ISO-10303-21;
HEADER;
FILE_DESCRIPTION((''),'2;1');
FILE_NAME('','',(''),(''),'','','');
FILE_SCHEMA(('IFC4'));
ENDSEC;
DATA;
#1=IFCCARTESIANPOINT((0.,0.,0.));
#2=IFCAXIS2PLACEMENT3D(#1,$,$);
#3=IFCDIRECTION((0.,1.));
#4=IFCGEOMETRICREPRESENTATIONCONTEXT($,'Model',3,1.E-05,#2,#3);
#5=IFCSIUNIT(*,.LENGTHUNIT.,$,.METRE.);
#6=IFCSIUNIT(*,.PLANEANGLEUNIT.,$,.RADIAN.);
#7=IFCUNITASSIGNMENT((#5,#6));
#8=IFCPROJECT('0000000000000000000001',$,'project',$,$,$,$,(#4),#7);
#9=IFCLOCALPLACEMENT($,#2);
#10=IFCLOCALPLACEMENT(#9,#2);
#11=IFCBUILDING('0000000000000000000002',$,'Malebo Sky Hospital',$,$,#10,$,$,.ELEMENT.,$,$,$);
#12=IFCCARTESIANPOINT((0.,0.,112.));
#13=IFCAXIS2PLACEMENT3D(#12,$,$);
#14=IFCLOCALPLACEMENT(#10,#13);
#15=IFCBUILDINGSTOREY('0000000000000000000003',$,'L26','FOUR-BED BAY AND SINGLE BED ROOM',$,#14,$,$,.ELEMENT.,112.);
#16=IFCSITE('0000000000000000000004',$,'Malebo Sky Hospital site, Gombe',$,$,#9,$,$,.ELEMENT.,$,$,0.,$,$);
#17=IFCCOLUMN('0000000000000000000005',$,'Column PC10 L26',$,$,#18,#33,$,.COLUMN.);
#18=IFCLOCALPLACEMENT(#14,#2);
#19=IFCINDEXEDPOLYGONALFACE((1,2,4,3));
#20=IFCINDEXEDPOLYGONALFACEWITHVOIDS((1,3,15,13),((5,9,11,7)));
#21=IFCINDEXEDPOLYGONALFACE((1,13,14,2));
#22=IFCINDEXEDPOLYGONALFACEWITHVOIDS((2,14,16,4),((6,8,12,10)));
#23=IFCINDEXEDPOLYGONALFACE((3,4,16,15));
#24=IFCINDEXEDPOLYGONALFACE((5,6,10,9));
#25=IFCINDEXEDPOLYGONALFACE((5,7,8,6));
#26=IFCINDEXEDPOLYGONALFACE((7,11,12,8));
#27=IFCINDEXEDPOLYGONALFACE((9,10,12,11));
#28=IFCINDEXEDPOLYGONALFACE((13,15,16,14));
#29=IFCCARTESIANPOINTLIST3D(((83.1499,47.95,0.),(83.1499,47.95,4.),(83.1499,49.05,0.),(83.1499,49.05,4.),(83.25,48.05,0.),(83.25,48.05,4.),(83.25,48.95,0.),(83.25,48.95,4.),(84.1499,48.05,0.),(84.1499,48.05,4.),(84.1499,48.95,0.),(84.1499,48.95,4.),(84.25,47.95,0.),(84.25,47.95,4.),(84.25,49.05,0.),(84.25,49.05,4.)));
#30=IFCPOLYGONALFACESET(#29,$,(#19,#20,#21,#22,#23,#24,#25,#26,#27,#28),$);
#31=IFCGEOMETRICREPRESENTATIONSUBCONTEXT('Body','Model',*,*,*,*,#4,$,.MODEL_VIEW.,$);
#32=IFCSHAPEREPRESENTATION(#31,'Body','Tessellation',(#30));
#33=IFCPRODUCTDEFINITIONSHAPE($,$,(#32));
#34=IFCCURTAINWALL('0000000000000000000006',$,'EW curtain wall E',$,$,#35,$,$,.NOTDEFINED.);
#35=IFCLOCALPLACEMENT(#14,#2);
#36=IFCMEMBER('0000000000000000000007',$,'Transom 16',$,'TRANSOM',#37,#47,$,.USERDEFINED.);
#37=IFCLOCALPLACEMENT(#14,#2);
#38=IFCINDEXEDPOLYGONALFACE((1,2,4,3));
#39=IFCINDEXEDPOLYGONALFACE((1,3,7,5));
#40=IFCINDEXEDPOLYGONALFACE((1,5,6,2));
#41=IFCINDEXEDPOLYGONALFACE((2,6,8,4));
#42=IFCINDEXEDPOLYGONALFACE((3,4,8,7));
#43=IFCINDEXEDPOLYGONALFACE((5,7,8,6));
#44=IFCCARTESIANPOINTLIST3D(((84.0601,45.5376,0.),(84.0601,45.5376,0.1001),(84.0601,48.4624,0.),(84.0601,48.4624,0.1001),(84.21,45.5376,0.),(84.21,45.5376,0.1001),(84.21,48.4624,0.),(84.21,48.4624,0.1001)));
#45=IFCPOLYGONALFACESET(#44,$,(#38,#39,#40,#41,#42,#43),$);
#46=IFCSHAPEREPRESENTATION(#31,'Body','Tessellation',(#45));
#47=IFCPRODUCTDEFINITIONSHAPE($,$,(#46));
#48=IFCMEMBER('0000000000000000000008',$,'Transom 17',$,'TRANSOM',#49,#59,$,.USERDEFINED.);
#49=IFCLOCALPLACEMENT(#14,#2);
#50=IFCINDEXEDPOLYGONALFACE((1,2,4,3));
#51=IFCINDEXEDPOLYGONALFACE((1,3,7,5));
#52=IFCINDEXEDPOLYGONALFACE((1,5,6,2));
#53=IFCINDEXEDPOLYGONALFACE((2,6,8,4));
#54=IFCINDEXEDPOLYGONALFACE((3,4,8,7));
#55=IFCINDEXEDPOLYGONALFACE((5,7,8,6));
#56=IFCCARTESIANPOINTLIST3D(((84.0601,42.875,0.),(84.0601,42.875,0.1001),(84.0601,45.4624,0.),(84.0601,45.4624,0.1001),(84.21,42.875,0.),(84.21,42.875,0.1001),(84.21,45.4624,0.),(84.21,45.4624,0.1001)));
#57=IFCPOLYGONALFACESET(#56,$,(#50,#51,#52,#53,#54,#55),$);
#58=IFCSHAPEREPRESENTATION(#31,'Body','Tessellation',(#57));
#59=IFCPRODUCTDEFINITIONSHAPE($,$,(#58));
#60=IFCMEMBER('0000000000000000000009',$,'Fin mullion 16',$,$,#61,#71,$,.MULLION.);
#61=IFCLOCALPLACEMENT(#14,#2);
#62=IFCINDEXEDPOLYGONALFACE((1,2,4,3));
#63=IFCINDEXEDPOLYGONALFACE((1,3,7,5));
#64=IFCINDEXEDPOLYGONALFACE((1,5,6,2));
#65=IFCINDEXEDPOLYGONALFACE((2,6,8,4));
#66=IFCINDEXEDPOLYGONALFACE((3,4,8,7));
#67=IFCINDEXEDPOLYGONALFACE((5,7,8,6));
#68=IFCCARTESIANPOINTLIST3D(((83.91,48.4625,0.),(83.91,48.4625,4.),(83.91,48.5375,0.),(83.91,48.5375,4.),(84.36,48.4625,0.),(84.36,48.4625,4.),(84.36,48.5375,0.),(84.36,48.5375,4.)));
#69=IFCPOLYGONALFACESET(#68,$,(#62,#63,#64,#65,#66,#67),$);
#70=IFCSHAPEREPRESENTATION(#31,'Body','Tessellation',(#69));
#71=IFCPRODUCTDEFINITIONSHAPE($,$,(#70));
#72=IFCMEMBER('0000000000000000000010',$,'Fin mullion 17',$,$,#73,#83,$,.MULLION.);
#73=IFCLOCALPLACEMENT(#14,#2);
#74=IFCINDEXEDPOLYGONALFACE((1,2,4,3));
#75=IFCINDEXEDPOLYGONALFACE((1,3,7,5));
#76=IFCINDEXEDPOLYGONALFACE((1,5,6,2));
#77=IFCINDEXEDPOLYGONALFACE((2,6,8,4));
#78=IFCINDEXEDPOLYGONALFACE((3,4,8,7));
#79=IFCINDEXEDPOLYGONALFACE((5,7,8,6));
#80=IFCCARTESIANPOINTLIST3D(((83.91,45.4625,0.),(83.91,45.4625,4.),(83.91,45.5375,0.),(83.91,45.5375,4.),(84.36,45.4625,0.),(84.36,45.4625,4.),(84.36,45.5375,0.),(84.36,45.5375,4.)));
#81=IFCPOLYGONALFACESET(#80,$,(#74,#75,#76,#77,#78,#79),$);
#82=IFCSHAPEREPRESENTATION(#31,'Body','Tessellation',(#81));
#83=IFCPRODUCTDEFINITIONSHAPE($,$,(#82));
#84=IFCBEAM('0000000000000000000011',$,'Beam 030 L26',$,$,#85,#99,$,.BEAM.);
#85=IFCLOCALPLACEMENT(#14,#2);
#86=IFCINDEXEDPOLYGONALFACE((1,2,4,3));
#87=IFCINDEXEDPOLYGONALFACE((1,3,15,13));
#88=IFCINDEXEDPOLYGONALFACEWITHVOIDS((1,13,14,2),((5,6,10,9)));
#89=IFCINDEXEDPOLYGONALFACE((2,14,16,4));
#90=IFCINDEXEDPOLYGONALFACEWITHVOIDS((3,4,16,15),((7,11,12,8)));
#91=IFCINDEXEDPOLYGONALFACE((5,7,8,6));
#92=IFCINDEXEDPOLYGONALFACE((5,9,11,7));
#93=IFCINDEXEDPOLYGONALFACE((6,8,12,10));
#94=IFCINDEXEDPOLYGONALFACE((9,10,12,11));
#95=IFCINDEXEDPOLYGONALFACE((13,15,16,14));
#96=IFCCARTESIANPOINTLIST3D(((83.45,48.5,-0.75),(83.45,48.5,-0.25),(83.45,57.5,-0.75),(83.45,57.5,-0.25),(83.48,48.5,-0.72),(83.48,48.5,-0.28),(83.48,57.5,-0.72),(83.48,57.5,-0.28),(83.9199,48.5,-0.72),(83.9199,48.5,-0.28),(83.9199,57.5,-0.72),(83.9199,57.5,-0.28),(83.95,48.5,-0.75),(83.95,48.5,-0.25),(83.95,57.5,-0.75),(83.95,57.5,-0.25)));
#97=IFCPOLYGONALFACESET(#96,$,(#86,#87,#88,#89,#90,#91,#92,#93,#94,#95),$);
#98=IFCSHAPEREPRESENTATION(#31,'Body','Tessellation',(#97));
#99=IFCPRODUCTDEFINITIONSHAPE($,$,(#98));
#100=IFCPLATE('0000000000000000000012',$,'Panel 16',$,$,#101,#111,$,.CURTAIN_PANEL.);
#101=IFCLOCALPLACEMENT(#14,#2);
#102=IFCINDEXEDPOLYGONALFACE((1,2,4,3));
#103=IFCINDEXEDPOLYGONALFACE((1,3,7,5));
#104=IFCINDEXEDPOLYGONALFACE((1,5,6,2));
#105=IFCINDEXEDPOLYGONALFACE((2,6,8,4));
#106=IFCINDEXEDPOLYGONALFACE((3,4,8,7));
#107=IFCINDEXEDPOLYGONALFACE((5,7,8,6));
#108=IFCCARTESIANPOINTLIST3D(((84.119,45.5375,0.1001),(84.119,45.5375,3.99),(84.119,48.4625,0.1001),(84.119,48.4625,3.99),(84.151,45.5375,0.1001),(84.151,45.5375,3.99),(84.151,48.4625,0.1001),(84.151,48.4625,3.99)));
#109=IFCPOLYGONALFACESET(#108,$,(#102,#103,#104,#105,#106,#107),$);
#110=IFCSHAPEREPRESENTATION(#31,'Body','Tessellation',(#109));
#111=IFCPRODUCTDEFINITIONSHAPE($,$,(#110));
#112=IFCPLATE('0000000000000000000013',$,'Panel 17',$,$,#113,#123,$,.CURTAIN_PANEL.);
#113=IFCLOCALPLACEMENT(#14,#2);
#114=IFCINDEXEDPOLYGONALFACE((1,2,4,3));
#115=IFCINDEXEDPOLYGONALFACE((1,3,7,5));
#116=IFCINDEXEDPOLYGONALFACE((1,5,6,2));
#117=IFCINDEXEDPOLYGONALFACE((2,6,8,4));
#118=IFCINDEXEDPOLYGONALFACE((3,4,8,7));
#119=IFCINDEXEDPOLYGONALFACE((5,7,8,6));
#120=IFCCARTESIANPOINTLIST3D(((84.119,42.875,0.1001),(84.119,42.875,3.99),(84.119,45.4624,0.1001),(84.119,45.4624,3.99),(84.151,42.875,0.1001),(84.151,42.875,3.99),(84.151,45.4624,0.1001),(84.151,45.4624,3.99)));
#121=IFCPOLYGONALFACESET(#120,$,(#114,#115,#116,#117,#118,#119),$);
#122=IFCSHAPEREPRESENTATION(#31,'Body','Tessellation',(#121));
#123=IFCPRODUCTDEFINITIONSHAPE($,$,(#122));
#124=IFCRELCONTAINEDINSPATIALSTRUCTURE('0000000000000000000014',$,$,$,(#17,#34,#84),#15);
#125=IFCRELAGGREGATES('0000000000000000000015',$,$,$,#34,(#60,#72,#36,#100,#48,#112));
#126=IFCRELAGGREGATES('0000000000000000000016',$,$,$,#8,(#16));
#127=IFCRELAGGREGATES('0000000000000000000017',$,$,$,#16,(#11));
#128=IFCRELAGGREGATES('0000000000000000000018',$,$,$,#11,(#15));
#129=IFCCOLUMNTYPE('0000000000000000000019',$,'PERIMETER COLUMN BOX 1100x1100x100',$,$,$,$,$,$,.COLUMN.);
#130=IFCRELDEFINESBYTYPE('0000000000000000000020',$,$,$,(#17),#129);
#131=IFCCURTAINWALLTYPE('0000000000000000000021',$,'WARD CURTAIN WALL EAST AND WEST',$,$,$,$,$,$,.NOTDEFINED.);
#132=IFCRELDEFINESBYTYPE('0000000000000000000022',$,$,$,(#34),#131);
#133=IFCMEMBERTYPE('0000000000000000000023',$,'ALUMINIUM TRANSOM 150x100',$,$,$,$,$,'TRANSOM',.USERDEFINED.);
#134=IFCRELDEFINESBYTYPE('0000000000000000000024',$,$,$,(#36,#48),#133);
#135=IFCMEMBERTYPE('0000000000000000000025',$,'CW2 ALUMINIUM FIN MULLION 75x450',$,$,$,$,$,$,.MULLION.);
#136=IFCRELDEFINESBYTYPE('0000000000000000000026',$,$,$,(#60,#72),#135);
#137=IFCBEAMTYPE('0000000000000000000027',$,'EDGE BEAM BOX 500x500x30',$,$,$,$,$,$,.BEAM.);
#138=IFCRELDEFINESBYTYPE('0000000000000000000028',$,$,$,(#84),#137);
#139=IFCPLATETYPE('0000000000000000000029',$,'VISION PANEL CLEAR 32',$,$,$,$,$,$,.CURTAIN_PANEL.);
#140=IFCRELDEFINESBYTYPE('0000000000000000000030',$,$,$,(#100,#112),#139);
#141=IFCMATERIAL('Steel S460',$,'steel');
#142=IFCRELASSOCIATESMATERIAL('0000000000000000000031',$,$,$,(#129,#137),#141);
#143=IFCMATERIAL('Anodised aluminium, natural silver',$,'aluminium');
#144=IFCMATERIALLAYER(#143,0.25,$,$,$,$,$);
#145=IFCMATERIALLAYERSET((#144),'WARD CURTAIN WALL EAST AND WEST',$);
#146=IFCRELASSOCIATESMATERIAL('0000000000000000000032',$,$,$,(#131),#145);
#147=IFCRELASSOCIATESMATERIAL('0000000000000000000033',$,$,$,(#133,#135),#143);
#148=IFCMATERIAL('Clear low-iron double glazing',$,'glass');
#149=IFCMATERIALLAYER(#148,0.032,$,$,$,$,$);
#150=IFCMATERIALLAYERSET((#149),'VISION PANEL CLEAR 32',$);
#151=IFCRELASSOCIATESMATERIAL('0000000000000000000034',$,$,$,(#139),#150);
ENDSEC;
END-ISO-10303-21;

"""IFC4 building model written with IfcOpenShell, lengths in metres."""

from ifc_helpers import new_model, si_unit, direction, frame, origin, origin_2d, place, context, subcontext, project, spatial, rectangle, hollow_rectangle, extrude, material, layer, layer_set, material_profile, profile_set, type_object, element, aggregate, save


model = new_model("IFC4")

# Units and contexts
model_context = context("Model", 3, precision=1e-05, world=origin(), true_north=direction((0.0, 1.0)))
body_context = subcontext(model_context, "Body", "Model", "MODEL_VIEW")
ifc_project = project(units=[si_unit("LENGTHUNIT", "METRE"), si_unit("PLANEANGLEUNIT", "RADIAN")], contexts=[model_context])

# Site, building, storey
site_placement = place(None, origin())
site = spatial("IfcSite", under=ifc_project, at=site_placement, Name="Malebo Sky Hospital site, Gombe", CompositionType="ELEMENT", RefElevation=0.0)
building_placement = place(site_placement, origin())
building = spatial("IfcBuilding", under=site, at=building_placement, Name="Malebo Sky Hospital", CompositionType="ELEMENT")
storey_placement = place(building_placement, frame((0.0, 0.0, 112.0)))
storey = spatial("IfcBuildingStorey", under=building, at=storey_placement, Name="L26", Description="FOUR-BED BAY AND SINGLE BED ROOM", CompositionType="ELEMENT", Elevation=112.0)

# Column
ifc_material_1 = material(Name="Steel S460", Category="steel")
ifc_material_profile_1 = material_profile(ifc_material_1, hollow_rectangle(XDim=1.1001, YDim=1.1001, WallThickness=0.1001, at=origin_2d()), Name="BOX 1100x1100x100")
ifc_profile_set_1 = profile_set([ifc_material_profile_1], Name="Steel S460")
column_type = type_object("IfcColumnType", Name="PERIMETER COLUMN BOX 1100x1100x100", PredefinedType="COLUMN", material=ifc_profile_set_1)
column_placement = place(storey_placement, frame((83.7, 48.5, 0.0), z_axis=(0.0, 0.0, 1.0), x_axis=(1.0, 0.0, 0.0)))
element("IfcColumn", 1, at=column_placement, inside=storey, type_object=column_type, Name="Column PC10 L26", PredefinedType="COLUMN", context=body_context, shape_type="SweptSolid", body=[
    extrude(hollow_rectangle(XDim=1.1001, YDim=1.1001, WallThickness=0.1001, at=origin_2d()), origin(), (0.0, 0.0, 1.0), 4.0),
])

# Curtain wall, members
ifc_material_2 = material(Name="Anodised aluminium, natural silver", Category="aluminium")
ifc_layer_1 = layer(ifc_material_2, 0.25)
ifc_layer_set_1 = layer_set([ifc_layer_1], Name="WARD CURTAIN WALL EAST AND WEST")
curtain_wall_type = type_object("IfcCurtainWallType", Name="WARD CURTAIN WALL EAST AND WEST", PredefinedType="NOTDEFINED", material=ifc_layer_set_1)
curtain_wall_placement = place(storey_placement, origin())
curtain_wall = element("IfcCurtainWall", 2, at=curtain_wall_placement, inside=storey, type_object=curtain_wall_type, Name="EW curtain wall E", PredefinedType="NOTDEFINED")
ifc_material_profile_2 = material_profile(ifc_material_2, rectangle(XDim=0.1499, YDim=0.1001, at=origin_2d()), Name="ALUMINIUM TRANSOM 150x100")
ifc_profile_set_2 = profile_set([ifc_material_profile_2], Name="Anodised aluminium, natural silver")
member_type_1 = type_object("IfcMemberType", Name="ALUMINIUM TRANSOM 150x100", ElementType="TRANSOM", PredefinedType="USERDEFINED", material=ifc_profile_set_2)
member_1_placement = place(storey_placement, frame((84.135, 48.4624, 0.05), z_axis=(0.0, -1.0, 0.0), x_axis=(1.0, 0.0, 0.0)))
member_1 = element("IfcMember", 3, at=member_1_placement, type_object=member_type_1, Name="Transom 16", ObjectType="TRANSOM", PredefinedType="USERDEFINED", context=body_context, shape_type="SweptSolid", body=[
    extrude(rectangle(XDim=0.1499, YDim=0.1001, at=origin_2d()), origin(), (0.0, 0.0, 1.0), 2.9248),
])
member_2_placement = place(storey_placement, frame((84.135, 45.4624, 0.05), z_axis=(0.0, -1.0, 0.0), x_axis=(1.0, 0.0, 0.0)))
member_2 = element("IfcMember", 4, at=member_2_placement, type_object=member_type_1, Name="Transom 17", ObjectType="TRANSOM", PredefinedType="USERDEFINED", context=body_context, shape_type="SweptSolid", body=[
    extrude(rectangle(XDim=0.1499, YDim=0.1001, at=origin_2d()), origin(), (0.0, 0.0, 1.0), 2.5874),
])
ifc_material_profile_3 = material_profile(ifc_material_2, rectangle(XDim=0.075, YDim=0.45, at=origin_2d()), Name="CW2 ALUMINIUM FIN MULLION 75x450")
ifc_profile_set_3 = profile_set([ifc_material_profile_3], Name="Anodised aluminium, natural silver")
member_type_2 = type_object("IfcMemberType", Name="CW2 ALUMINIUM FIN MULLION 75x450", PredefinedType="MULLION", material=ifc_profile_set_3)
member_3_placement = place(storey_placement, frame((84.135, 48.5, 0.0), z_axis=(0.0, 0.0, 1.0), x_axis=(0.0, -1.0, 0.0)))
member_3 = element("IfcMember", 5, at=member_3_placement, type_object=member_type_2, Name="Fin mullion 16", PredefinedType="MULLION", context=body_context, shape_type="SweptSolid", body=[
    extrude(rectangle(XDim=0.075, YDim=0.45, at=origin_2d()), origin(), (0.0, 0.0, 1.0), 4.0),
])
member_4_placement = place(storey_placement, frame((84.135, 45.5, 0.0), z_axis=(0.0, 0.0, 1.0), x_axis=(0.0, -1.0, 0.0)))
member_4 = element("IfcMember", 6, at=member_4_placement, type_object=member_type_2, Name="Fin mullion 17", PredefinedType="MULLION", context=body_context, shape_type="SweptSolid", body=[
    extrude(rectangle(XDim=0.075, YDim=0.45, at=origin_2d()), origin(), (0.0, 0.0, 1.0), 4.0),
])

# Beam
ifc_material_profile_4 = material_profile(ifc_material_1, hollow_rectangle(XDim=0.5, YDim=0.5, WallThickness=0.03, at=origin_2d()), Name="BOX 500x500x30")
ifc_profile_set_4 = profile_set([ifc_material_profile_4], Name="Steel S460")
beam_type = type_object("IfcBeamType", Name="EDGE BEAM BOX 500x500x30", PredefinedType="BEAM", material=ifc_profile_set_4)
beam_placement = place(storey_placement, frame((83.7, 48.5, -0.5), z_axis=(0.0, 1.0, 0.0), x_axis=(-1.0, 0.0, 0.0)))
element("IfcBeam", 7, at=beam_placement, inside=storey, type_object=beam_type, Name="Beam 030 L26", PredefinedType="BEAM", context=body_context, shape_type="SweptSolid", body=[
    extrude(hollow_rectangle(XDim=0.5, YDim=0.5, WallThickness=0.03, at=origin_2d()), origin(), (0.0, 0.0, 1.0), 9.0),
])

# Plates
ifc_material_3 = material(Name="Clear low-iron double glazing", Category="glass")
ifc_layer_2 = layer(ifc_material_3, 0.032)
ifc_layer_set_2 = layer_set([ifc_layer_2], Name="VISION PANEL CLEAR 32")
plate_type = type_object("IfcPlateType", Name="VISION PANEL CLEAR 32", PredefinedType="CURTAIN_PANEL", material=ifc_layer_set_2)
plate_1_placement = place(storey_placement, frame((84.135, 47.0, 0.1001), z_axis=(0.0, 0.0, 1.0), x_axis=(0.0, -1.0, 0.0)))
plate_1 = element("IfcPlate", 8, at=plate_1_placement, type_object=plate_type, Name="Panel 16", PredefinedType="CURTAIN_PANEL", context=body_context, shape_type="SweptSolid", body=[
    extrude(rectangle(XDim=2.925, YDim=0.032, at=origin_2d()), origin(), (0.0, 0.0, 1.0), 3.8899),
])
plate_2_placement = place(storey_placement, frame((84.135, 44.1687, 0.1001), z_axis=(0.0, 0.0, 1.0), x_axis=(0.0, -1.0, 0.0)))
plate_2 = element("IfcPlate", 9, at=plate_2_placement, type_object=plate_type, Name="Panel 17", PredefinedType="CURTAIN_PANEL", context=body_context, shape_type="SweptSolid", body=[
    extrude(rectangle(XDim=2.5874, YDim=0.032, at=origin_2d()), origin(), (0.0, 0.0, 1.0), 3.8899),
])
aggregate(curtain_wall, [member_3, member_4, member_1, plate_1, member_2, plate_2])

save(model, "model.ifc")
